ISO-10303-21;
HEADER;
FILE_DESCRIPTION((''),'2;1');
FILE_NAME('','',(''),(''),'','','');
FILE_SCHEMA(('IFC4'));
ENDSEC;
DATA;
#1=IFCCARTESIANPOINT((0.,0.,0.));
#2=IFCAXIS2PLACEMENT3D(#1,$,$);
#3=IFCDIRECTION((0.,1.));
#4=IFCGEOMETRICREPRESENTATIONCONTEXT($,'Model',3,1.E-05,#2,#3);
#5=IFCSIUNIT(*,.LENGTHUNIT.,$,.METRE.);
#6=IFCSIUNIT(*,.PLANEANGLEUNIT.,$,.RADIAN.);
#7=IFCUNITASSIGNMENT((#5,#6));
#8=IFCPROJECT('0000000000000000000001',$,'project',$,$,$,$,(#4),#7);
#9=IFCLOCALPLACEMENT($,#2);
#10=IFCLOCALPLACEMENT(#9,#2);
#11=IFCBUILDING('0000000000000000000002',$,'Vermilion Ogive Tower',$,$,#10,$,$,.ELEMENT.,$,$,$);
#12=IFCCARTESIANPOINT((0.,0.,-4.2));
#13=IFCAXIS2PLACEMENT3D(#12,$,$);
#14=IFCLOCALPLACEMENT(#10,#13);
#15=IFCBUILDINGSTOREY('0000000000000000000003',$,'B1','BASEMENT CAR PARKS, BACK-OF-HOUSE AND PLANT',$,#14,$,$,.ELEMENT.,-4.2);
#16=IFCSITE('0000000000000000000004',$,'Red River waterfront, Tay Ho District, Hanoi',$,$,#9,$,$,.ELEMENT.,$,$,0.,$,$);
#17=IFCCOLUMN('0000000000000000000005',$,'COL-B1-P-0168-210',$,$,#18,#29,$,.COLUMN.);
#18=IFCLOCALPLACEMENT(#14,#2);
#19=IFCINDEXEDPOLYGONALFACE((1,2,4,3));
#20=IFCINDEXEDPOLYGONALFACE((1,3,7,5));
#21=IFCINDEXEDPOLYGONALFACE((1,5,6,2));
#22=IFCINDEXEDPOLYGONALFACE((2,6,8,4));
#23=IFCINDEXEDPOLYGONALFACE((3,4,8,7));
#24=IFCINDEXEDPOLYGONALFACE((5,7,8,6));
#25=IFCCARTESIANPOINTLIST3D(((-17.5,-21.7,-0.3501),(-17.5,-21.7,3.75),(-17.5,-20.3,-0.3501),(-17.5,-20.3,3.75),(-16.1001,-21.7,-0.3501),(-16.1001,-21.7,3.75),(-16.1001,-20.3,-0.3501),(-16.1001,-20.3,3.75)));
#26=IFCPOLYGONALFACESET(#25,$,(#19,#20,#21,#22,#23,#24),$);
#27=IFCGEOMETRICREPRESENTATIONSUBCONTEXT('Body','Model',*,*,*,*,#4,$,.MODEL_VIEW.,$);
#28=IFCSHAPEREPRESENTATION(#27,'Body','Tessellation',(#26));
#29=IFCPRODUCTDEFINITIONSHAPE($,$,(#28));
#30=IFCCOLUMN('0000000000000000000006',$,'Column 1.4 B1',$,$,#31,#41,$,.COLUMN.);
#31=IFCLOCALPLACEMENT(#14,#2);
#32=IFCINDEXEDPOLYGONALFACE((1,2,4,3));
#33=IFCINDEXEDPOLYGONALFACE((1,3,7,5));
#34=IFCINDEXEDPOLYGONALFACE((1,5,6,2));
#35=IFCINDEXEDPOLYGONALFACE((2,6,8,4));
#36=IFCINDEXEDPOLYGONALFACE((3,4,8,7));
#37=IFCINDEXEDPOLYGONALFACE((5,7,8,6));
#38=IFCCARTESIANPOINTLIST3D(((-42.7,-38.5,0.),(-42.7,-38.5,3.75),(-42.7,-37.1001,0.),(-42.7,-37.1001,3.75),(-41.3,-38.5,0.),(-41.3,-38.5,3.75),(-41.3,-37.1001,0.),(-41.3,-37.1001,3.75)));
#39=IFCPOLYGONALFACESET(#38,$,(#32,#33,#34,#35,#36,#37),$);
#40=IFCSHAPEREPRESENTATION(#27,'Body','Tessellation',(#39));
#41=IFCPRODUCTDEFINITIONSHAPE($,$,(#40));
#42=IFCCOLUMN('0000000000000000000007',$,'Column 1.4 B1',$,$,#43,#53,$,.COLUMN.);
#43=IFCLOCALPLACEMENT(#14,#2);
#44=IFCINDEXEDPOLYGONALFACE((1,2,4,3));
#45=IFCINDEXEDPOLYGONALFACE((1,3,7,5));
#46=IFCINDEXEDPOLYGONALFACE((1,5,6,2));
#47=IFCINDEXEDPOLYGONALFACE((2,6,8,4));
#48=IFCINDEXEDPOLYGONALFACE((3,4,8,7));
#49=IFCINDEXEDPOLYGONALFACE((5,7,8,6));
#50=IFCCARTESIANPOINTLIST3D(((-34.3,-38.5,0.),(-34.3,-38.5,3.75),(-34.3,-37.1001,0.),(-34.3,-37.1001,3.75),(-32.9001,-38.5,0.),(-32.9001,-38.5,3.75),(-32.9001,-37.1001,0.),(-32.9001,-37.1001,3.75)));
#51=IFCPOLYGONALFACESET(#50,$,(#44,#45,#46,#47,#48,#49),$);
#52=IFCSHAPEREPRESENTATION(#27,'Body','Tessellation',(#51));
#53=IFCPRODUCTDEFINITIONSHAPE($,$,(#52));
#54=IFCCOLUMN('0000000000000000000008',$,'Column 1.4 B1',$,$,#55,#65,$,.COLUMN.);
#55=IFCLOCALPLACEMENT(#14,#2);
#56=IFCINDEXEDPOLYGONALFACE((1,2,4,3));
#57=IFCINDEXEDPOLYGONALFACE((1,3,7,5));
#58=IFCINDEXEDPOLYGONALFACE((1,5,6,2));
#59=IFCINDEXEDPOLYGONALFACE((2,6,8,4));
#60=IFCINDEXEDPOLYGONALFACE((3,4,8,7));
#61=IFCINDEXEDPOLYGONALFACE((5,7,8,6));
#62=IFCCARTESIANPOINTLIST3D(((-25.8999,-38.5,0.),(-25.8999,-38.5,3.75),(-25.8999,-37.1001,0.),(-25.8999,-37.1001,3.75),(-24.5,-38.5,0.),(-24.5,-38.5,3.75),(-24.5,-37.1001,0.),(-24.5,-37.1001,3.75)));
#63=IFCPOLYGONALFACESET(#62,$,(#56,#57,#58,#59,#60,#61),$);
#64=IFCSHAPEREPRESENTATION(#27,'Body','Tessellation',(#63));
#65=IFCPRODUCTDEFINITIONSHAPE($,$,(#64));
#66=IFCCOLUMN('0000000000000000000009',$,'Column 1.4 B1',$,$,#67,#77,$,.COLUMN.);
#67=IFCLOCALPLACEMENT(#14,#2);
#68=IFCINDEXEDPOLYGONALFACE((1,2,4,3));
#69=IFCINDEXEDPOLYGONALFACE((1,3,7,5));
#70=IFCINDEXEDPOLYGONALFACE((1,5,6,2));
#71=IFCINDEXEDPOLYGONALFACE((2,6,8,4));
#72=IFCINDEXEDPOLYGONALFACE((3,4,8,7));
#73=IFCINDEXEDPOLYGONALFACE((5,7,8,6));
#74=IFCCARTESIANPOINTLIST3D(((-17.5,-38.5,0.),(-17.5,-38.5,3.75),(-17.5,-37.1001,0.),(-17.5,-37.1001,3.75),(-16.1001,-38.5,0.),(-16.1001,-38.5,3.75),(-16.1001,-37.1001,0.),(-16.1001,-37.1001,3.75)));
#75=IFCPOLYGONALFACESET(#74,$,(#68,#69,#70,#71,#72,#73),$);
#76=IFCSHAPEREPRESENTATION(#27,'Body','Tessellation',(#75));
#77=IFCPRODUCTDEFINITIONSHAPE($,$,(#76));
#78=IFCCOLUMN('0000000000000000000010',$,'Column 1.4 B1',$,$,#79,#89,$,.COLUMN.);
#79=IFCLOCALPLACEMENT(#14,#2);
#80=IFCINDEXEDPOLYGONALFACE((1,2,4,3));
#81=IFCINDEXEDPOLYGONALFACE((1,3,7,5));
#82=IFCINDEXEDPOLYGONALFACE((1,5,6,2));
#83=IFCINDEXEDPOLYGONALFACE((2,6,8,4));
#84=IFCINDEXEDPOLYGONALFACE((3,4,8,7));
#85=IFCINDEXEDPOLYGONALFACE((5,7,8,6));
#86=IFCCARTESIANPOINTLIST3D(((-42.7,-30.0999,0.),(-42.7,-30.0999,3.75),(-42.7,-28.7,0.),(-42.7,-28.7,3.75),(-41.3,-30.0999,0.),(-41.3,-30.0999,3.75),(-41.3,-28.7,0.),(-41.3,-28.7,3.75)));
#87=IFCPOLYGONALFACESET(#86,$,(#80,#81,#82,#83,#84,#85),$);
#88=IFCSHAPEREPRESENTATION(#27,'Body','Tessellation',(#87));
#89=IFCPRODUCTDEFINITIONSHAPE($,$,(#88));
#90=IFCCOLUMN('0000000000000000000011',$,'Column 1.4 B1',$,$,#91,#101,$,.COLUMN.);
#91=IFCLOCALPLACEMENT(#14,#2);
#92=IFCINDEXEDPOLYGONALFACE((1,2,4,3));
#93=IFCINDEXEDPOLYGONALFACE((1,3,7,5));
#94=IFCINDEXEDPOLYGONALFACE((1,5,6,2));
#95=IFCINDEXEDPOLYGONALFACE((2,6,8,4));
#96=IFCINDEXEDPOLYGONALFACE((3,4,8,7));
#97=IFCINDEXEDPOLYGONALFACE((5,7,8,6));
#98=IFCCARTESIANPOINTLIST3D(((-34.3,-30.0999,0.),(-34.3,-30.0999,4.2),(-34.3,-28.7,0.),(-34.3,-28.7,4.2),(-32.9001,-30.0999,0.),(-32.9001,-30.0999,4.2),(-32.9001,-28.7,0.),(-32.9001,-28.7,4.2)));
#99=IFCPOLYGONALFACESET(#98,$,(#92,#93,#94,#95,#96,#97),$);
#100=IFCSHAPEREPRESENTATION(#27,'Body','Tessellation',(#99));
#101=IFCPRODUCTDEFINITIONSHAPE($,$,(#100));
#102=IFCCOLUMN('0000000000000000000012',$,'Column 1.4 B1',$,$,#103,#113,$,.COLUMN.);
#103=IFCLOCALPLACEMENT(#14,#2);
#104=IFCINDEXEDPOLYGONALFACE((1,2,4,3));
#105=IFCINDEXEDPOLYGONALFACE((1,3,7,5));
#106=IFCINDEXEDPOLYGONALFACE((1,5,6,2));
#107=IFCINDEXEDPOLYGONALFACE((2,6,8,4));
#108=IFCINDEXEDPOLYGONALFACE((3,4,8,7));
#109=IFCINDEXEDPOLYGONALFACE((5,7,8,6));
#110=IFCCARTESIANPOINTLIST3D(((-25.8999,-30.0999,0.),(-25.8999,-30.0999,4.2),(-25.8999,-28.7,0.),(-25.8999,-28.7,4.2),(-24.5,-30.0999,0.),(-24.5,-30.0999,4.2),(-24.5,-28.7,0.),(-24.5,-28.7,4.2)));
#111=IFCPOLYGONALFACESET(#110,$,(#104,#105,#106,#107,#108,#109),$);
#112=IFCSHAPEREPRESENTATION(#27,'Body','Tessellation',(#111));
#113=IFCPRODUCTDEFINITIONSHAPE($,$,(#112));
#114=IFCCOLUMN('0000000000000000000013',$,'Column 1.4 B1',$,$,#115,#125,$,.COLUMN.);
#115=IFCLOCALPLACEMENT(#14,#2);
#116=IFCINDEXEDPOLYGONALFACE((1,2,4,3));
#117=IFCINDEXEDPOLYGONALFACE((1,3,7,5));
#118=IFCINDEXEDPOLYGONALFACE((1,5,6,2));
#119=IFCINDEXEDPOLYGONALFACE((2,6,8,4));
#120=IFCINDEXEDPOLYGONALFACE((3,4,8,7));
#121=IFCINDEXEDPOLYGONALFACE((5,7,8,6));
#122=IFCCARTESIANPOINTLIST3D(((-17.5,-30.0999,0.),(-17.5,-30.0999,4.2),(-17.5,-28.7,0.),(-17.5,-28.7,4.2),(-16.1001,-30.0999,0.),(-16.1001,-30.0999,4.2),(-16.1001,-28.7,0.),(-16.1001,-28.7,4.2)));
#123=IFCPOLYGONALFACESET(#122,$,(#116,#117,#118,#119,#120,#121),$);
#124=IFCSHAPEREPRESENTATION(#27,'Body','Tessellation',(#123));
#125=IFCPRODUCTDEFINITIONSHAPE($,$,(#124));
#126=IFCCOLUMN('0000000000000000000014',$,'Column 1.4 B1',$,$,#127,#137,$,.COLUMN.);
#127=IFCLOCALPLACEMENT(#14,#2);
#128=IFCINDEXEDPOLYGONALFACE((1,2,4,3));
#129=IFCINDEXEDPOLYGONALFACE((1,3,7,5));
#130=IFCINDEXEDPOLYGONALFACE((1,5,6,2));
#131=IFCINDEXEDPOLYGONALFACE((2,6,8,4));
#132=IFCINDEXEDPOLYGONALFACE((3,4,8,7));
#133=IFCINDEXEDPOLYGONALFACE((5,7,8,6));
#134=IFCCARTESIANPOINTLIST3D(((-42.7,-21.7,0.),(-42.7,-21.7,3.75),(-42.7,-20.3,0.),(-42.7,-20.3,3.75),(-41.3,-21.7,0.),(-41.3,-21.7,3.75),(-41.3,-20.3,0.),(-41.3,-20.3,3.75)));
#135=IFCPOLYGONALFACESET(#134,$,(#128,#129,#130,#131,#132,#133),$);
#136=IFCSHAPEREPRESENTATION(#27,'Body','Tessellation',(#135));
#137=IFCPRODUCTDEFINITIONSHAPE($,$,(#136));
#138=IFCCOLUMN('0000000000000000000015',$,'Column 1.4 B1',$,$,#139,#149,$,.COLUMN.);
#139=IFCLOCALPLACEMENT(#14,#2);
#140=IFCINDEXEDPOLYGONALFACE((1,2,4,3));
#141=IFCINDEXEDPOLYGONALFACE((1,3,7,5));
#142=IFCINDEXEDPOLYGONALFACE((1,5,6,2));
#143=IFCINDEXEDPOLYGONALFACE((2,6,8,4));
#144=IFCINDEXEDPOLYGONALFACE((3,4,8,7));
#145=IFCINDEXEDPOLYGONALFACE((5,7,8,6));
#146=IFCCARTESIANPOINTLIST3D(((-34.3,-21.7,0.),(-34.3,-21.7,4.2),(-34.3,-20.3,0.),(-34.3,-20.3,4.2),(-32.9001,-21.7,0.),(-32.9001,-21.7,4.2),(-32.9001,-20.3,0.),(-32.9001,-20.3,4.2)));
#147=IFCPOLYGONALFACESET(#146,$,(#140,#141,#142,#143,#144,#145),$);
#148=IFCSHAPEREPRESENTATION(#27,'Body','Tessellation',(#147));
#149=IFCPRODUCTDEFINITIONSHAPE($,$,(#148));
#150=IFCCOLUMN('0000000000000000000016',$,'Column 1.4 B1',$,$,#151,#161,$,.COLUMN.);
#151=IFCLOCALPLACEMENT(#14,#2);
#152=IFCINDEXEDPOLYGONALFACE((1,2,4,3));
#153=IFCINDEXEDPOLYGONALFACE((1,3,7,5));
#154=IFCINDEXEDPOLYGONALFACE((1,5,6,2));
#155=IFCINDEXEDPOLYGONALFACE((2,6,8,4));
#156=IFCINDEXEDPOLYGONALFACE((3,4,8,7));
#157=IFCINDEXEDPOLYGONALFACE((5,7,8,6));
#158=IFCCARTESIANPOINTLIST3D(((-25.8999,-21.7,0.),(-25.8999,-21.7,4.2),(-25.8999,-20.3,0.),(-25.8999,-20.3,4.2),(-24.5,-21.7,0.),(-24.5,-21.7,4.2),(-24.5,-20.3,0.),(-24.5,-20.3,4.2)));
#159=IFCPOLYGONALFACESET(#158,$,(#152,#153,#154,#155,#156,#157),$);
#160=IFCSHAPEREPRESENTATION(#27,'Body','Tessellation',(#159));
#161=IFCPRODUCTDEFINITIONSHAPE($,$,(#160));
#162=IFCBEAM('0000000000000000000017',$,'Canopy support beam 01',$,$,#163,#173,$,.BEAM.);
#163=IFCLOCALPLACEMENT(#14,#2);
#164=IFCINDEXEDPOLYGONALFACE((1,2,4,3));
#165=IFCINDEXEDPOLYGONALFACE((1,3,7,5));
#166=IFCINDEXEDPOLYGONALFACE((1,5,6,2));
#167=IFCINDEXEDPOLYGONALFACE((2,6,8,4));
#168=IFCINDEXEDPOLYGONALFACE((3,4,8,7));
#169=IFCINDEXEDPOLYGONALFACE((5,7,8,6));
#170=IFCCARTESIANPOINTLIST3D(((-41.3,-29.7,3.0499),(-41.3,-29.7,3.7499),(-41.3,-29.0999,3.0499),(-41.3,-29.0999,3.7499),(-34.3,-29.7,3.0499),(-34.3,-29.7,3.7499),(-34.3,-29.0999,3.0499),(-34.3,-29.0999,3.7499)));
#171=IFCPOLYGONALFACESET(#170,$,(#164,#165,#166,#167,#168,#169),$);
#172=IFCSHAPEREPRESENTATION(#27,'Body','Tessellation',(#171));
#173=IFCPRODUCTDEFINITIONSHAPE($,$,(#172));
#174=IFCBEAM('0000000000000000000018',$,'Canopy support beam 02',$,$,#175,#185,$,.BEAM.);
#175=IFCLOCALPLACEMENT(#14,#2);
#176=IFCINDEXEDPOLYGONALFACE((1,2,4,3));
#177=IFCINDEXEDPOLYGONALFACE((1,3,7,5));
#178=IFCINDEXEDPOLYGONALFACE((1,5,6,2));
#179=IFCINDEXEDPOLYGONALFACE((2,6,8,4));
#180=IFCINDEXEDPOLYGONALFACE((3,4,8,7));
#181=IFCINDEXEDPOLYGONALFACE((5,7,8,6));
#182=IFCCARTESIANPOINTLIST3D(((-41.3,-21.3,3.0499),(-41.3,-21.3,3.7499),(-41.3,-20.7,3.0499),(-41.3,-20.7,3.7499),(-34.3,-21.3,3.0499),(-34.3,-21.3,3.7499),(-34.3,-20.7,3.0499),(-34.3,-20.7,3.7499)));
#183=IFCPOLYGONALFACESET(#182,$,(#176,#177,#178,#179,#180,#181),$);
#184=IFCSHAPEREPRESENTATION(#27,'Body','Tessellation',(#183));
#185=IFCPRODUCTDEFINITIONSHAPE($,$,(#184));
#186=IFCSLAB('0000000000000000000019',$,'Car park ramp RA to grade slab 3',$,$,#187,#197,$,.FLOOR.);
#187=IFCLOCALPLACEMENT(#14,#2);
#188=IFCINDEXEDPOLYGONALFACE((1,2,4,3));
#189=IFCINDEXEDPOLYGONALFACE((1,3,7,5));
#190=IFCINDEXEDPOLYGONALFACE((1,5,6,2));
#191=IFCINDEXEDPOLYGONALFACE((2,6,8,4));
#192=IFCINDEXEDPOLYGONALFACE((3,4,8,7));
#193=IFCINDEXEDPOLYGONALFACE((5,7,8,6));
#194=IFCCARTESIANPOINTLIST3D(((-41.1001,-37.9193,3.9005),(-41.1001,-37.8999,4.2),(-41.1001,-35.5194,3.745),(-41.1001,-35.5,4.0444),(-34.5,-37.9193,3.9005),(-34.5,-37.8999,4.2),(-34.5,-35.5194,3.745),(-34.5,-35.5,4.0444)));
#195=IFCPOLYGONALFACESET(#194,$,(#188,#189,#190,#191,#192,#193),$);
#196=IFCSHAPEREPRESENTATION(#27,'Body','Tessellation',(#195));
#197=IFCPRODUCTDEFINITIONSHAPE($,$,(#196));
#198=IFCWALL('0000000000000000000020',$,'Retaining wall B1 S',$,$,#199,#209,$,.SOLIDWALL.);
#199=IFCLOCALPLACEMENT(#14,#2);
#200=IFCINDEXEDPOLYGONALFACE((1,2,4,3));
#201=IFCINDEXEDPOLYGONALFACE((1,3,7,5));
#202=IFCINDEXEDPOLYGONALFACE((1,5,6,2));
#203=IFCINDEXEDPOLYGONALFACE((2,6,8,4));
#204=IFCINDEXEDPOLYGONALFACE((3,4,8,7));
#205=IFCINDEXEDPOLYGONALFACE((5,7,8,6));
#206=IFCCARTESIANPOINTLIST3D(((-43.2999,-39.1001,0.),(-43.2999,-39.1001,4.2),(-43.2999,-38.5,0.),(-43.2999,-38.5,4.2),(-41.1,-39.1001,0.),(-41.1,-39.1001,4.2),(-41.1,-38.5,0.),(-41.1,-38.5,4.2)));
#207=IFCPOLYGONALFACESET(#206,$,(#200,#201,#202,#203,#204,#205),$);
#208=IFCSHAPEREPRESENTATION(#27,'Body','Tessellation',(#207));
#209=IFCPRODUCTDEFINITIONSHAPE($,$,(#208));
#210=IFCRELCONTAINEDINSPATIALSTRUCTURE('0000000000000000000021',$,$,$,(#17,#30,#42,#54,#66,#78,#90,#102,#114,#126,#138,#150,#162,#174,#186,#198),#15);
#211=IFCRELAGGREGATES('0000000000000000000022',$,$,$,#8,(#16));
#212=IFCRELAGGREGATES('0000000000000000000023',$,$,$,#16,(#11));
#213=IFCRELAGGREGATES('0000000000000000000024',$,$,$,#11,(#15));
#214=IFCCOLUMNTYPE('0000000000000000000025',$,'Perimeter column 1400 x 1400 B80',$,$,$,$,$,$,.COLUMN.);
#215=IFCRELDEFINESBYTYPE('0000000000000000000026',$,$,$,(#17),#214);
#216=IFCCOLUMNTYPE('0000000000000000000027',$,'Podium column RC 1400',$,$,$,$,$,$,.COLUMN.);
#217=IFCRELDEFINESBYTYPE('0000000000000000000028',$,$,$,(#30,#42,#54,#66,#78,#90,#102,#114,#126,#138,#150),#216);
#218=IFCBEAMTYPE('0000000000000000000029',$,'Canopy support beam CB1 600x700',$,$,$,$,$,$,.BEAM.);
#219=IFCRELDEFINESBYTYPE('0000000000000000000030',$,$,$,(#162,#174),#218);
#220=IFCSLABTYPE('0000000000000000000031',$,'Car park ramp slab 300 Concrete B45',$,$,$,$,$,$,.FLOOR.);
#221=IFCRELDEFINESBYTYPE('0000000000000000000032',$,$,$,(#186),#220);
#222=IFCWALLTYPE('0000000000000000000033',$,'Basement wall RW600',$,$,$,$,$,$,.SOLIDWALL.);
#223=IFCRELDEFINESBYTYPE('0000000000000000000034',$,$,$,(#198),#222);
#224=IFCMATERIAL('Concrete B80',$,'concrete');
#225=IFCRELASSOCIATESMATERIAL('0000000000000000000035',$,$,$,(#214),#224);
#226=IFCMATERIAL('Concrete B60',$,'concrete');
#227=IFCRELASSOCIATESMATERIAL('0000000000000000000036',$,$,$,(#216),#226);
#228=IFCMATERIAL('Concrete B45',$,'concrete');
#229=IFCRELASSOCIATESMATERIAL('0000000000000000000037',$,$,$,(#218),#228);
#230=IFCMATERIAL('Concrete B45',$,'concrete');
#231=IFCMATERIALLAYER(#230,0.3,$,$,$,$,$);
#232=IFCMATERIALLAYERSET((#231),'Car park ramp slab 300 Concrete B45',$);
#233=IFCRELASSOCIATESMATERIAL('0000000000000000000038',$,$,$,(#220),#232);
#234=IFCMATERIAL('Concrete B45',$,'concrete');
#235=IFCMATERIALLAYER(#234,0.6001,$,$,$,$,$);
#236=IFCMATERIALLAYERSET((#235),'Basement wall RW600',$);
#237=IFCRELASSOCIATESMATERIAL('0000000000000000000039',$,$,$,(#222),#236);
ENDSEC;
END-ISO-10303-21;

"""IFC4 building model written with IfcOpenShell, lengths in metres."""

from ifc_helpers import new_model, si_unit, direction, frame, frame_2d, origin, origin_2d, place, context, subcontext, project, spatial, polyline, rectangle, outline, extrude, material, layer, layer_set, material_profile, profile_set, type_object, element, save


model = new_model("IFC4")

# Units and contexts
model_context = context("Model", 3, precision=1e-05, world=origin(), true_north=direction((0.0, 1.0)))
body_context = subcontext(model_context, "Body", "Model", "MODEL_VIEW")
ifc_project = project(units=[si_unit("LENGTHUNIT", "METRE"), si_unit("PLANEANGLEUNIT", "RADIAN")], contexts=[model_context])

# Site, building, storey
site_placement = place(None, origin())
site = spatial("IfcSite", under=ifc_project, at=site_placement, Name="Red River waterfront, Tay Ho District, Hanoi", CompositionType="ELEMENT", RefElevation=0.0)
building_placement = place(site_placement, origin())
building = spatial("IfcBuilding", under=site, at=building_placement, Name="Vermilion Ogive Tower", CompositionType="ELEMENT")
storey_placement = place(building_placement, frame((0.0, 0.0, -4.2)))
storey = spatial("IfcBuildingStorey", under=building, at=storey_placement, Name="B1", Description="BASEMENT CAR PARKS, BACK-OF-HOUSE AND PLANT", CompositionType="ELEMENT", Elevation=-4.2)

# Columns
ifc_material_1 = material(Name="Concrete B80", Category="concrete")
ifc_material_profile_1 = material_profile(ifc_material_1, rectangle(XDim=1.3999, YDim=1.3999, at=origin_2d()), Name="1400 x 1400")
ifc_profile_set_1 = profile_set([ifc_material_profile_1], Name="Concrete B80")
column_type_1 = type_object("IfcColumnType", Name="Perimeter column 1400 x 1400 B80", PredefinedType="COLUMN", material=ifc_profile_set_1)
column_1_placement = place(storey_placement, frame((-16.8, -21.0, -0.3501), z_axis=(0.0, 0.0, 1.0), x_axis=(1.0, 0.0, 0.0)))
element("IfcColumn", 1, at=column_1_placement, inside=storey, type_object=column_type_1, Name="COL-B1-P-0168-210", PredefinedType="COLUMN", context=body_context, shape_type="SweptSolid", body=[
    extrude(rectangle(XDim=1.3999, YDim=1.3999, at=origin_2d()), origin(), (0.0, 0.0, 1.0), 4.1001),
])
ifc_material_2 = material(Name="Concrete B60", Category="concrete")
ifc_material_profile_2 = material_profile(ifc_material_2, rectangle(XDim=1.3999, YDim=1.3999, at=origin_2d()), Name="RC 1400x1400")
ifc_profile_set_2 = profile_set([ifc_material_profile_2], Name="Concrete B60")
column_type_2 = type_object("IfcColumnType", Name="Podium column RC 1400", PredefinedType="COLUMN", material=ifc_profile_set_2)
for number, where, z_axis, x_axis, name in (
    (2, (-42.0, -37.8, 0.0), (0.0, 0.0, 1.0), (1.0, 0.0, 0.0), "Column 1.4 B1"),
    (3, (-33.6001, -37.8, 0.0), (0.0, 0.0, 1.0), (1.0, 0.0, 0.0), "Column 1.4 B1"),
    (4, (-25.2, -37.8, 0.0), (0.0, 0.0, 1.0), (1.0, 0.0, 0.0), "Column 1.4 B1"),
    (5, (-16.8, -37.8, 0.0), (0.0, 0.0, 1.0), (1.0, 0.0, 0.0), "Column 1.4 B1"),
    (6, (-42.0, -29.3999, 0.0), (0.0, 0.0, 1.0), (1.0, 0.0, 0.0), "Column 1.4 B1"),
):
    element("IfcColumn", number, at=place(storey_placement, frame(where, z_axis=z_axis, x_axis=x_axis)), inside=storey, type_object=column_type_2, Name=name, PredefinedType="COLUMN", context=body_context, shape_type="SweptSolid", body=[
        extrude(rectangle(XDim=1.3999, YDim=1.3999, at=origin_2d()), origin(), (0.0, 0.0, 1.0), 3.75),
    ])
for number, where, z_axis, x_axis, name in (
    (7, (-33.6001, -29.3999, 0.0), (0.0, 0.0, 1.0), (1.0, 0.0, 0.0), "Column 1.4 B1"),
    (8, (-25.2, -29.3999, 0.0), (0.0, 0.0, 1.0), (1.0, 0.0, 0.0), "Column 1.4 B1"),
    (9, (-16.8, -29.3999, 0.0), (0.0, 0.0, 1.0), (1.0, 0.0, 0.0), "Column 1.4 B1"),
):
    element("IfcColumn", number, at=place(storey_placement, frame(where, z_axis=z_axis, x_axis=x_axis)), inside=storey, type_object=column_type_2, Name=name, PredefinedType="COLUMN", context=body_context, shape_type="SweptSolid", body=[
        extrude(rectangle(XDim=1.3999, YDim=1.3999, at=origin_2d()), origin(), (0.0, 0.0, 1.0), 4.2),
    ])
column_2_placement = place(storey_placement, frame((-42.0, -21.0, 0.0), z_axis=(0.0, 0.0, 1.0), x_axis=(1.0, 0.0, 0.0)))
element("IfcColumn", 10, at=column_2_placement, inside=storey, type_object=column_type_2, Name="Column 1.4 B1", PredefinedType="COLUMN", context=body_context, shape_type="SweptSolid", body=[
    extrude(rectangle(XDim=1.3999, YDim=1.3999, at=origin_2d()), origin(), (0.0, 0.0, 1.0), 3.75),
])
for number, where, z_axis, x_axis, name in (
    (11, (-33.6001, -21.0, 0.0), (0.0, 0.0, 1.0), (1.0, 0.0, 0.0), "Column 1.4 B1"),
    (12, (-25.2, -21.0, 0.0), (0.0, 0.0, 1.0), (1.0, 0.0, 0.0), "Column 1.4 B1"),
):
    element("IfcColumn", number, at=place(storey_placement, frame(where, z_axis=z_axis, x_axis=x_axis)), inside=storey, type_object=column_type_2, Name=name, PredefinedType="COLUMN", context=body_context, shape_type="SweptSolid", body=[
        extrude(rectangle(XDim=1.3999, YDim=1.3999, at=origin_2d()), origin(), (0.0, 0.0, 1.0), 4.2),
    ])

# Beams
ifc_material_3 = material(Name="Concrete B45", Category="concrete")
ifc_material_profile_3 = material_profile(ifc_material_3, rectangle(XDim=0.6001, YDim=0.7, at=origin_2d()), Name="RC 600x700")
ifc_profile_set_3 = profile_set([ifc_material_profile_3], Name="Concrete B45")
beam_type = type_object("IfcBeamType", Name="Canopy support beam CB1 600x700", PredefinedType="BEAM", material=ifc_profile_set_3)
for number, where, z_axis, x_axis, name in (
    (13, (-41.3, -29.3999, 3.3999), (1.0, 0.0, 0.0), (0.0, 1.0, 0.0), "Canopy support beam 01"),
    (14, (-41.3, -21.0, 3.3999), (1.0, 0.0, 0.0), (0.0, 1.0, 0.0), "Canopy support beam 02"),
):
    element("IfcBeam", number, at=place(storey_placement, frame(where, z_axis=z_axis, x_axis=x_axis)), inside=storey, type_object=beam_type, Name=name, PredefinedType="BEAM", context=body_context, shape_type="SweptSolid", body=[
        extrude(rectangle(XDim=0.6001, YDim=0.7, at=origin_2d()), origin(), (0.0, 0.0, 1.0), 7.0),
    ])

# Slab
ifc_material_4 = material(Name="Concrete B45", Category="concrete")
ifc_layer_1 = layer(ifc_material_4, 0.3)
ifc_layer_set_1 = layer_set([ifc_layer_1], Name="Car park ramp slab 300 Concrete B45")
slab_type = type_object("IfcSlabType", Name="Car park ramp slab 300 Concrete B45", PredefinedType="FLOOR", material=ifc_layer_set_1)
slab_placement = place(storey_placement, frame((-41.1001, -35.5, 4.0444), z_axis=(0.0, 0.064666, 0.997907), x_axis=(0.0, -0.997907, 0.064666)))
element("IfcSlab", 15, at=slab_placement, inside=storey, type_object=slab_type, Name="Car park ramp RA to grade slab 3", PredefinedType="FLOOR", context=body_context, shape_type="SweptSolid", body=[
    extrude(outline(polyline([(0.0, 0.0), (2.4049, 0.0), (2.4049, 6.6001), (0.0, 6.6001), (0.0, 0.0)])), origin(), (0.0, 0.0, -1.0), 0.3),
])

# Wall
ifc_material_5 = material(Name="Concrete B45", Category="concrete")
ifc_layer_2 = layer(ifc_material_5, 0.6001)
ifc_layer_set_2 = layer_set([ifc_layer_2], Name="Basement wall RW600")
wall_type_1 = type_object("IfcWallType", Name="Basement wall RW600", PredefinedType="SOLIDWALL", material=ifc_layer_set_2)
wall_1_placement = place(storey_placement, frame((-43.3, -38.8, 0.0), z_axis=(0.0, 0.0, 1.0), x_axis=(1.0, 0.0, 0.0)))
element("IfcWall", 16, at=wall_1_placement, inside=storey, type_object=wall_type_1, Name="Retaining wall B1 S", PredefinedType="SOLIDWALL", context=body_context, shape_type="SweptSolid", body=[
    extrude(rectangle(XDim=2.2, YDim=0.6001, at=frame_2d((1.1001, 0.0))), origin(), (0.0, 0.0, 1.0), 4.2),
])

save(model, "model.ifc")
